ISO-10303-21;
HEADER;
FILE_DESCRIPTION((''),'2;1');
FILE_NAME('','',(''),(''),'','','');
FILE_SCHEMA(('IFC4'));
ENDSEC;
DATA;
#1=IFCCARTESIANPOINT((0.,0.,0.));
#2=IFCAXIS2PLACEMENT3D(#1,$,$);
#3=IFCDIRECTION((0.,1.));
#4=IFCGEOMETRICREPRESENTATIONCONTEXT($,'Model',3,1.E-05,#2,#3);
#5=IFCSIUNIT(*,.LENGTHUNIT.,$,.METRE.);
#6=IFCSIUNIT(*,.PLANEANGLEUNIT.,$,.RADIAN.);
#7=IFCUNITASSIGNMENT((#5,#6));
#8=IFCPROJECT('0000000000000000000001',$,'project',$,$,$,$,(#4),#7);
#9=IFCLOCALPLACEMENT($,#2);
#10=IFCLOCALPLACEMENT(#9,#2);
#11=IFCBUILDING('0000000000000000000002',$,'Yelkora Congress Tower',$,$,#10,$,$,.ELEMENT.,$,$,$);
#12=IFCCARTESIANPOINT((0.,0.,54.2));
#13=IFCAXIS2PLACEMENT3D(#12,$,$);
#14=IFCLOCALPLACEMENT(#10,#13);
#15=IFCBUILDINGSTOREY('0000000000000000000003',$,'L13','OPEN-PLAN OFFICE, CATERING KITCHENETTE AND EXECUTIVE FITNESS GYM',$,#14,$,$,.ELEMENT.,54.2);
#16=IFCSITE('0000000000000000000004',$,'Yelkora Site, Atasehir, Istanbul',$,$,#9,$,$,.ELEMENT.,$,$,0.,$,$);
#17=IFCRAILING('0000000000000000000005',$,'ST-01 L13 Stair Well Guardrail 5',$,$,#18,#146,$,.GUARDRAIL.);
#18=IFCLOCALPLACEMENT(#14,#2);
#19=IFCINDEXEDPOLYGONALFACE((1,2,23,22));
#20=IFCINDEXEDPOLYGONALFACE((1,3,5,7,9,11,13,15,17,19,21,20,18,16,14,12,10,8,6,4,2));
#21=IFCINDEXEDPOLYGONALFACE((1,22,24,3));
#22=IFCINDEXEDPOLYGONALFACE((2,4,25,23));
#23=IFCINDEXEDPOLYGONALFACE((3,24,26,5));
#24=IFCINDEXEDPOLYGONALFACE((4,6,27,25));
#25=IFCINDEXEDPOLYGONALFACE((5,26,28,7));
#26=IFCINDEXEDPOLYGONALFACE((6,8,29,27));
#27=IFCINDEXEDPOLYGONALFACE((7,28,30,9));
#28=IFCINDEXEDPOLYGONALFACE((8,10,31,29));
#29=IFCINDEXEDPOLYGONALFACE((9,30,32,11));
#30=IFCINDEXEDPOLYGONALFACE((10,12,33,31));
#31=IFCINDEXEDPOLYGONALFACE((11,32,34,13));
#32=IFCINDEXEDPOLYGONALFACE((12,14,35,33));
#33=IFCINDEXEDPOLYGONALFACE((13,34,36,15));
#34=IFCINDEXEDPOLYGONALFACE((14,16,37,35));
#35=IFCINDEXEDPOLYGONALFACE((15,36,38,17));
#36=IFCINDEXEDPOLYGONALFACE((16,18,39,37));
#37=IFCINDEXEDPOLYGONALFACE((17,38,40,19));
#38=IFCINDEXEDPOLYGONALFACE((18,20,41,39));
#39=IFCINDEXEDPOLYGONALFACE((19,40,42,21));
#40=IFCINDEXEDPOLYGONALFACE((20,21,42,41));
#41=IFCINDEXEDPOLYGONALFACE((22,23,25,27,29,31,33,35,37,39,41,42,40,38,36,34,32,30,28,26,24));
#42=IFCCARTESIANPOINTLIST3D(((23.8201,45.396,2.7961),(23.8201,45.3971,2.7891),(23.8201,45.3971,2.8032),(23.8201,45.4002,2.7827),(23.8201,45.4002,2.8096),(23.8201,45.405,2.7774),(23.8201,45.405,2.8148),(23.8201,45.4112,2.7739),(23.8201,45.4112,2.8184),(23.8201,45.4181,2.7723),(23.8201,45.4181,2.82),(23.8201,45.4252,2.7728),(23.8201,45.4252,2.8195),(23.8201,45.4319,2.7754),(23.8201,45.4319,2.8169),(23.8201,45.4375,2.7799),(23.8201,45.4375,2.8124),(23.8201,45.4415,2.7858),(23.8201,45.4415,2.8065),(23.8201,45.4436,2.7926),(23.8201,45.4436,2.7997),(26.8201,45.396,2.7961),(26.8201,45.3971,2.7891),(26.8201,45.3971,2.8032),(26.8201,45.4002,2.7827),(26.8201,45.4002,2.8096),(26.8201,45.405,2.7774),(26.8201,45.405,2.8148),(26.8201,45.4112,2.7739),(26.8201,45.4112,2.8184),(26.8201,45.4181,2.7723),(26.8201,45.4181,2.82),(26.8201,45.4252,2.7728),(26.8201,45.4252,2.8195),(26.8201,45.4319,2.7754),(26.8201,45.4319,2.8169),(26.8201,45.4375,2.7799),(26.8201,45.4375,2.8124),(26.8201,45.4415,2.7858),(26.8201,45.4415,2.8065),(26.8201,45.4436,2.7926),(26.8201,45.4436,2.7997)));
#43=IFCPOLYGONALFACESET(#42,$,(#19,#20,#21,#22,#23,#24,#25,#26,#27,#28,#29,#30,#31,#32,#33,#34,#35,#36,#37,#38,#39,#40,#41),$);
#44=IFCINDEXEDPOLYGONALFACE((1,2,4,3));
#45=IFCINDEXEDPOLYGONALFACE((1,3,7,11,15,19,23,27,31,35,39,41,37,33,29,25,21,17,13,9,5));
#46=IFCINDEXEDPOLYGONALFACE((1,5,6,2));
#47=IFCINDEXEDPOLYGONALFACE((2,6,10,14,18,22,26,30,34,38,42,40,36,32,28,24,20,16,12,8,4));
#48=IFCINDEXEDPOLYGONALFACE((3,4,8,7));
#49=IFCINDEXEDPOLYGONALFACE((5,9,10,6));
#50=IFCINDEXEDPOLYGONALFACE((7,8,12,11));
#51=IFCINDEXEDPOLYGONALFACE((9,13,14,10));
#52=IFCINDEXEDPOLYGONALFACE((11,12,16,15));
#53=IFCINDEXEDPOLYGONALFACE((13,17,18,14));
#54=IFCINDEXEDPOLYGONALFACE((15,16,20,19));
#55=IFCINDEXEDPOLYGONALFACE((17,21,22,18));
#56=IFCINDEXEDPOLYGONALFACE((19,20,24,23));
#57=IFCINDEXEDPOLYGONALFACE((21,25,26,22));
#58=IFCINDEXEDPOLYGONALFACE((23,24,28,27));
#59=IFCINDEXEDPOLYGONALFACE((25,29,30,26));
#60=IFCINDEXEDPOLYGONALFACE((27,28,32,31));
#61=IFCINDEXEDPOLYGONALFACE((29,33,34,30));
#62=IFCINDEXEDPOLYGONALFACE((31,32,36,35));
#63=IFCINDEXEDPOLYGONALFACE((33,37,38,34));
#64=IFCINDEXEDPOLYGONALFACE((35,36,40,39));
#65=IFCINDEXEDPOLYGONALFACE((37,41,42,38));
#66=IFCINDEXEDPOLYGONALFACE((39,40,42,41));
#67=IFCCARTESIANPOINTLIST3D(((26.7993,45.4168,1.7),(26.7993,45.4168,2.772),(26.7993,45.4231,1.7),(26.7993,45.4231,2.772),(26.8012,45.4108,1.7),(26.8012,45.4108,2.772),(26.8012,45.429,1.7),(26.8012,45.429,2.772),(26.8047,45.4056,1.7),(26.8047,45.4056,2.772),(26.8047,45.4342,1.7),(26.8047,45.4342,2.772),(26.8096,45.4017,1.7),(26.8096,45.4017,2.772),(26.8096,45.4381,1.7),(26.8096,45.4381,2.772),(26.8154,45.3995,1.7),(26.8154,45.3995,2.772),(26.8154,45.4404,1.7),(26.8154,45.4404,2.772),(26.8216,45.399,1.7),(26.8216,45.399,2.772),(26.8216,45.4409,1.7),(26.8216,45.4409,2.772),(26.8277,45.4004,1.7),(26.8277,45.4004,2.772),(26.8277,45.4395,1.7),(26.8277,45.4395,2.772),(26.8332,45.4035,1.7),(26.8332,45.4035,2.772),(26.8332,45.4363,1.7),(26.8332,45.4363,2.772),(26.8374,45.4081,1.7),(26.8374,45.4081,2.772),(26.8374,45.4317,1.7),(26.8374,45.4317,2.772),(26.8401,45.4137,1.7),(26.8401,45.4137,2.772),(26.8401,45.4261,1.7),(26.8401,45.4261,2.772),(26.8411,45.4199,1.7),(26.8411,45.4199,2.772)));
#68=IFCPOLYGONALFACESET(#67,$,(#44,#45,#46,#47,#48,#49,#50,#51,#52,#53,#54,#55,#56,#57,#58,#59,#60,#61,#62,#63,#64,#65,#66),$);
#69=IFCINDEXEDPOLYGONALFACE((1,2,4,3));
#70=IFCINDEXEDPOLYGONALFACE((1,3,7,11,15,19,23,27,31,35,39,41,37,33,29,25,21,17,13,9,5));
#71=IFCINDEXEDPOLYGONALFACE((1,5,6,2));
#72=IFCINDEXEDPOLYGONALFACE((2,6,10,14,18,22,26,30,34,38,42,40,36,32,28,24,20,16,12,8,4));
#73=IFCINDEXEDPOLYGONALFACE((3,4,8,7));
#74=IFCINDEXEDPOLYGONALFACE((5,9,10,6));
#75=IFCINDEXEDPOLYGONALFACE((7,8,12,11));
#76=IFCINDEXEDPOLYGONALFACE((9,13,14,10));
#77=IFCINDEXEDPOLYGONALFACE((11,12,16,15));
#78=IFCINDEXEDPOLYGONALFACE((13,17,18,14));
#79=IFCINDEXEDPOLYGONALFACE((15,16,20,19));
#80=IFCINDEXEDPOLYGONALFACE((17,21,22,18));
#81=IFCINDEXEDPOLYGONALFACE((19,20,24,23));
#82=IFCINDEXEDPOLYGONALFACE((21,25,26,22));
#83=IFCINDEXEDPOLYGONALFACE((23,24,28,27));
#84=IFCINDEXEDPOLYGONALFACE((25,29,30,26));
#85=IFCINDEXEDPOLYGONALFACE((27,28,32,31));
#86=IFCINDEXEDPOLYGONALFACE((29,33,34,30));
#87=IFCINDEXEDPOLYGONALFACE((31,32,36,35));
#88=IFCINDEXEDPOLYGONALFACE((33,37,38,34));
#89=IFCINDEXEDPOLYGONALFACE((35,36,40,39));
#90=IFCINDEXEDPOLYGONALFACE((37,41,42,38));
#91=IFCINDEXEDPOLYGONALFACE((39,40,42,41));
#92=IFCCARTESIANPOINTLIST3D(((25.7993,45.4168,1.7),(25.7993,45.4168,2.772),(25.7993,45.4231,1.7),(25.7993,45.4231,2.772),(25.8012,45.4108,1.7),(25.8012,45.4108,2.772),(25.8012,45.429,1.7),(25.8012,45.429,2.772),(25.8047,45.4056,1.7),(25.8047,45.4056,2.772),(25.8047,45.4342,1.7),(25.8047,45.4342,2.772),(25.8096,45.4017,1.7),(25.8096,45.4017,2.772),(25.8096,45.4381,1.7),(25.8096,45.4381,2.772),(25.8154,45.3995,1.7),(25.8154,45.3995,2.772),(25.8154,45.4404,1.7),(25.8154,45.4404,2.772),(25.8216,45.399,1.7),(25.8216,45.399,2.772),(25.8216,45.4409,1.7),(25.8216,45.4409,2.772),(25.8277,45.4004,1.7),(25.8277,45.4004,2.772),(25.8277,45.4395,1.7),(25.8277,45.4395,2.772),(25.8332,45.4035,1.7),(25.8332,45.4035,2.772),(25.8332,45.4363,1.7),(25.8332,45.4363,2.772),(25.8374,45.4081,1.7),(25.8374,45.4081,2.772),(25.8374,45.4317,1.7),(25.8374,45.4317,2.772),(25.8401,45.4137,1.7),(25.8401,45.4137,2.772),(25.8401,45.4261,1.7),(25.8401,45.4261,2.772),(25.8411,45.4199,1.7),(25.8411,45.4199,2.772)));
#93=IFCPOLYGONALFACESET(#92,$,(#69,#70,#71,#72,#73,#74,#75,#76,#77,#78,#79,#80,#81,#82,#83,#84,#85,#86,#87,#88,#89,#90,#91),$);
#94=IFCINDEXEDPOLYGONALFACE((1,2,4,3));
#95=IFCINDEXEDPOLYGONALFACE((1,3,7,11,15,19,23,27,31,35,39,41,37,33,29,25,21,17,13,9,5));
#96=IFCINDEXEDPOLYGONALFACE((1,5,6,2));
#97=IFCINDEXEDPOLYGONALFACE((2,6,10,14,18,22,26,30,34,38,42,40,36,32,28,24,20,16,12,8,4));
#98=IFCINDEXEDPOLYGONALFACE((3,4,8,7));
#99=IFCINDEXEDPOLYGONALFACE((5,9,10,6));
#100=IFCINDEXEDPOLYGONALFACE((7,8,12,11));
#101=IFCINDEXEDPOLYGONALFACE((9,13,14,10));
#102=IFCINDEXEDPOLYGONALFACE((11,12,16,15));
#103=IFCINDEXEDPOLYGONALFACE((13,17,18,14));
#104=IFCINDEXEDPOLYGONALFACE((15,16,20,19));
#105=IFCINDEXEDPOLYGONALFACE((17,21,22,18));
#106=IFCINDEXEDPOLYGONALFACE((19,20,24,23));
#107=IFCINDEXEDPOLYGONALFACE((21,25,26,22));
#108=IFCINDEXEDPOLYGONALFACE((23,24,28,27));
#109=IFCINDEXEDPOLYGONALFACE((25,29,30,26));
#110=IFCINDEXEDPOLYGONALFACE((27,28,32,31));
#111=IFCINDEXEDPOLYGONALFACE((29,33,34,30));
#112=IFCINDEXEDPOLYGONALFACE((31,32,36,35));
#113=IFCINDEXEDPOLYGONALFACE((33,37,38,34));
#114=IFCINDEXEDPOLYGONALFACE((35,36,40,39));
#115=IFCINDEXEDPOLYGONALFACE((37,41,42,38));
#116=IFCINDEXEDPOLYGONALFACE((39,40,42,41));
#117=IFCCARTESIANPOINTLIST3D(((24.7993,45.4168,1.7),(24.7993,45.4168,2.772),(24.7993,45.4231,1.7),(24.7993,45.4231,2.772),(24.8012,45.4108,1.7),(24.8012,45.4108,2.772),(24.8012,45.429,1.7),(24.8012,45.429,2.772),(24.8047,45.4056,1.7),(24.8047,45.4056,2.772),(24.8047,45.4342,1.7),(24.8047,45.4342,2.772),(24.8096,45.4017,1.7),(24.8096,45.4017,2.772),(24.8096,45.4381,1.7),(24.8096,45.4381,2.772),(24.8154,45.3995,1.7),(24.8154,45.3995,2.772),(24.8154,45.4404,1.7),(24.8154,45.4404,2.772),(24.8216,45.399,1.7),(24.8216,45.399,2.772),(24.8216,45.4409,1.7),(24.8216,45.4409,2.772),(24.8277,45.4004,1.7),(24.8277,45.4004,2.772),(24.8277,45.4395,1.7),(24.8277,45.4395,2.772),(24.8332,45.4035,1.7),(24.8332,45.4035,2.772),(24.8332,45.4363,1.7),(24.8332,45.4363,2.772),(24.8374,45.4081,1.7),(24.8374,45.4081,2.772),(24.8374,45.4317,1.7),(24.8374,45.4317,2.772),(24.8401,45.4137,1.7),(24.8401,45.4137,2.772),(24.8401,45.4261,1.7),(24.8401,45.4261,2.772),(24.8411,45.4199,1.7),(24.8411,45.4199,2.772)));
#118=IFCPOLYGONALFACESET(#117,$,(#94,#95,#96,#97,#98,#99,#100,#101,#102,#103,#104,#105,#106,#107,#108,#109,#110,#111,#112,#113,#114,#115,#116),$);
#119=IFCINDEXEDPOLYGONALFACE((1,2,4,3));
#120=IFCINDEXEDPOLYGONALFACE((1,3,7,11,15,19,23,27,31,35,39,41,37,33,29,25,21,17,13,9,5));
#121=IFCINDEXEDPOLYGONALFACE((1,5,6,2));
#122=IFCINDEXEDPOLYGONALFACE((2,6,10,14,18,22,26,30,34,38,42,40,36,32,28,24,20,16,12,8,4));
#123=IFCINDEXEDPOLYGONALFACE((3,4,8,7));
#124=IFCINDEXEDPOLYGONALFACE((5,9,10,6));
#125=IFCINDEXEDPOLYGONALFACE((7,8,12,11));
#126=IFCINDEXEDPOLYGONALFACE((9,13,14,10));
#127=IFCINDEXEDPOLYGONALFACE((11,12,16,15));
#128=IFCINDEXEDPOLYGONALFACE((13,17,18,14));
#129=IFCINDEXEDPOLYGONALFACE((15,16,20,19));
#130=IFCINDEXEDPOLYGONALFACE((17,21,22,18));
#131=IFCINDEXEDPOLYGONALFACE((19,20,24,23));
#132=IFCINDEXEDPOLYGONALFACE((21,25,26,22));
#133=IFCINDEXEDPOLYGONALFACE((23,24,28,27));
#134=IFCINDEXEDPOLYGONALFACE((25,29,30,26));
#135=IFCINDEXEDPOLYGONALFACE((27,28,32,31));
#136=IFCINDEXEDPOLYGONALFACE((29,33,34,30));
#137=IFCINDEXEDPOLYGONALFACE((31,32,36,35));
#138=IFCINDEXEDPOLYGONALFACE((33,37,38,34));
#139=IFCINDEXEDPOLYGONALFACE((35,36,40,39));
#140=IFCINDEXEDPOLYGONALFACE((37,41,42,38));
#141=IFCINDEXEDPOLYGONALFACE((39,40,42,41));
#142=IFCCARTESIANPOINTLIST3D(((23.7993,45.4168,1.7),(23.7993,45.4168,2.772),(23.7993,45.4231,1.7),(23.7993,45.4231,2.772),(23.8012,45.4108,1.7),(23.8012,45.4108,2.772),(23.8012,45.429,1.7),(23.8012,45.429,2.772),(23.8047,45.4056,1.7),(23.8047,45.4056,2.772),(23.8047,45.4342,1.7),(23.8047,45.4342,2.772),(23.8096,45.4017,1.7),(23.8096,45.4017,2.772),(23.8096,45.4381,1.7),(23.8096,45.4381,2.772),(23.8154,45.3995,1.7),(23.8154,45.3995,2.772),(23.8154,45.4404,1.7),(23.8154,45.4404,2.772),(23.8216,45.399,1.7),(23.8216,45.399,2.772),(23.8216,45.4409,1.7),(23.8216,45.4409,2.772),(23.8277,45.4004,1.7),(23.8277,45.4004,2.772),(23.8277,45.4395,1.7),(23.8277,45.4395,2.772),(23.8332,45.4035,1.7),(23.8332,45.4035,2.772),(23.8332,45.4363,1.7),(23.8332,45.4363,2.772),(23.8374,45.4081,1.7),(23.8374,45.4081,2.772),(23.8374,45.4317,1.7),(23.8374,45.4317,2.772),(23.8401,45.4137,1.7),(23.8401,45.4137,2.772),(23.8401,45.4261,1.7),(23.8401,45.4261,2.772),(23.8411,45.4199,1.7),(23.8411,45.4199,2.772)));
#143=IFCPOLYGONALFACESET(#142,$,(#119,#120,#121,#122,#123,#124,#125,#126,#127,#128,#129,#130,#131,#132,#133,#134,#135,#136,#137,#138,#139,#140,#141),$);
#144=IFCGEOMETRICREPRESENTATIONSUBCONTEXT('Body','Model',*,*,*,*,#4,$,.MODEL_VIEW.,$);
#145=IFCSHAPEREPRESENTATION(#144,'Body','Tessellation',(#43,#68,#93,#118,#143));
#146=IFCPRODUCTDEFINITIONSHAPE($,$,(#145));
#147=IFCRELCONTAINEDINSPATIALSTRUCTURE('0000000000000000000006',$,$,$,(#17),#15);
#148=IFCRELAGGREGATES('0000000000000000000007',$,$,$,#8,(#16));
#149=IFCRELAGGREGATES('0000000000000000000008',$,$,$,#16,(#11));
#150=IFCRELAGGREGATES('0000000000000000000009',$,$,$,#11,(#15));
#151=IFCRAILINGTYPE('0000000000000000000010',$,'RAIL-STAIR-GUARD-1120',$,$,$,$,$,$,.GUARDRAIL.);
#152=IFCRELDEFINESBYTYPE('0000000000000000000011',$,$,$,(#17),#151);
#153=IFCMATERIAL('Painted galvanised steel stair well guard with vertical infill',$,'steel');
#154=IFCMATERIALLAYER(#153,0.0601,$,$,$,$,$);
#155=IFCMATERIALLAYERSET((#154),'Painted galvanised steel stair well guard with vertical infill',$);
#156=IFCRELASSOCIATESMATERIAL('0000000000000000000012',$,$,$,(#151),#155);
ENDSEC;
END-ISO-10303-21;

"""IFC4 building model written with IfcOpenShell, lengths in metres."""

from ifc_helpers import new_model, si_unit, direction, frame, origin, origin_2d, place, context, subcontext, project, spatial, circle, extrude, material, layer, layer_set, type_object, element, save


model = new_model("IFC4")

# Units and contexts
model_context = context("Model", 3, precision=1e-05, world=origin(), true_north=direction((0.0, 1.0)))
body_context = subcontext(model_context, "Body", "Model", "MODEL_VIEW")
ifc_project = project(units=[si_unit("LENGTHUNIT", "METRE"), si_unit("PLANEANGLEUNIT", "RADIAN")], contexts=[model_context])

# Site, building, storey
site_placement = place(None, origin())
site = spatial("IfcSite", under=ifc_project, at=site_placement, Name="Yelkora Site, Atasehir, Istanbul", CompositionType="ELEMENT", RefElevation=0.0)
building_placement = place(site_placement, origin())
building = spatial("IfcBuilding", under=site, at=building_placement, Name="Yelkora Congress Tower", CompositionType="ELEMENT")
storey_placement = place(building_placement, frame((0.0, 0.0, 54.2)))
storey = spatial("IfcBuildingStorey", under=building, at=storey_placement, Name="L13", Description="OPEN-PLAN OFFICE, CATERING KITCHENETTE AND EXECUTIVE FITNESS GYM", CompositionType="ELEMENT", Elevation=54.2)

# Railing
ifc_material_1 = material(Name="Painted galvanised steel stair well guard with vertical infill", Category="steel")
ifc_layer_1 = layer(ifc_material_1, 0.0601)
ifc_layer_set_1 = layer_set([ifc_layer_1], Name="Painted galvanised steel stair well guard with vertical infill")
railing_type_1 = type_object("IfcRailingType", Name="RAIL-STAIR-GUARD-1120", PredefinedType="GUARDRAIL", material=ifc_layer_set_1)
railing_1_placement = place(storey_placement, frame((26.8201, 45.4199, 1.7)))
element("IfcRailing", 1, at=railing_1_placement, inside=storey, type_object=railing_type_1, Name="ST-01 L13 Stair Well Guardrail 5", PredefinedType="GUARDRAIL", context=body_context, shape_type="SweptSolid", body=[
    extrude(circle(Radius=0.0239, at=origin_2d()), frame((0.0, 0.0, 1.0962), z_axis=(-1.0, 0.0, 0.0), x_axis=(0.0, -1.0, 0.0)), (0.0, 0.0, 1.0), 3.0),
    extrude(circle(Radius=0.021, at=origin_2d()), origin(), (0.0, 0.0, 1.0), 1.072),
    extrude(circle(Radius=0.021, at=origin_2d()), frame((-1.0, 0.0, 0.0)), (0.0, 0.0, 1.0), 1.072),
    extrude(circle(Radius=0.021, at=origin_2d()), frame((-2.0, 0.0, 0.0)), (0.0, 0.0, 1.0), 1.072),
    extrude(circle(Radius=0.021, at=origin_2d()), frame((-3.0, 0.0, 0.0)), (0.0, 0.0, 1.0), 1.072),
])

save(model, "model.ifc")
